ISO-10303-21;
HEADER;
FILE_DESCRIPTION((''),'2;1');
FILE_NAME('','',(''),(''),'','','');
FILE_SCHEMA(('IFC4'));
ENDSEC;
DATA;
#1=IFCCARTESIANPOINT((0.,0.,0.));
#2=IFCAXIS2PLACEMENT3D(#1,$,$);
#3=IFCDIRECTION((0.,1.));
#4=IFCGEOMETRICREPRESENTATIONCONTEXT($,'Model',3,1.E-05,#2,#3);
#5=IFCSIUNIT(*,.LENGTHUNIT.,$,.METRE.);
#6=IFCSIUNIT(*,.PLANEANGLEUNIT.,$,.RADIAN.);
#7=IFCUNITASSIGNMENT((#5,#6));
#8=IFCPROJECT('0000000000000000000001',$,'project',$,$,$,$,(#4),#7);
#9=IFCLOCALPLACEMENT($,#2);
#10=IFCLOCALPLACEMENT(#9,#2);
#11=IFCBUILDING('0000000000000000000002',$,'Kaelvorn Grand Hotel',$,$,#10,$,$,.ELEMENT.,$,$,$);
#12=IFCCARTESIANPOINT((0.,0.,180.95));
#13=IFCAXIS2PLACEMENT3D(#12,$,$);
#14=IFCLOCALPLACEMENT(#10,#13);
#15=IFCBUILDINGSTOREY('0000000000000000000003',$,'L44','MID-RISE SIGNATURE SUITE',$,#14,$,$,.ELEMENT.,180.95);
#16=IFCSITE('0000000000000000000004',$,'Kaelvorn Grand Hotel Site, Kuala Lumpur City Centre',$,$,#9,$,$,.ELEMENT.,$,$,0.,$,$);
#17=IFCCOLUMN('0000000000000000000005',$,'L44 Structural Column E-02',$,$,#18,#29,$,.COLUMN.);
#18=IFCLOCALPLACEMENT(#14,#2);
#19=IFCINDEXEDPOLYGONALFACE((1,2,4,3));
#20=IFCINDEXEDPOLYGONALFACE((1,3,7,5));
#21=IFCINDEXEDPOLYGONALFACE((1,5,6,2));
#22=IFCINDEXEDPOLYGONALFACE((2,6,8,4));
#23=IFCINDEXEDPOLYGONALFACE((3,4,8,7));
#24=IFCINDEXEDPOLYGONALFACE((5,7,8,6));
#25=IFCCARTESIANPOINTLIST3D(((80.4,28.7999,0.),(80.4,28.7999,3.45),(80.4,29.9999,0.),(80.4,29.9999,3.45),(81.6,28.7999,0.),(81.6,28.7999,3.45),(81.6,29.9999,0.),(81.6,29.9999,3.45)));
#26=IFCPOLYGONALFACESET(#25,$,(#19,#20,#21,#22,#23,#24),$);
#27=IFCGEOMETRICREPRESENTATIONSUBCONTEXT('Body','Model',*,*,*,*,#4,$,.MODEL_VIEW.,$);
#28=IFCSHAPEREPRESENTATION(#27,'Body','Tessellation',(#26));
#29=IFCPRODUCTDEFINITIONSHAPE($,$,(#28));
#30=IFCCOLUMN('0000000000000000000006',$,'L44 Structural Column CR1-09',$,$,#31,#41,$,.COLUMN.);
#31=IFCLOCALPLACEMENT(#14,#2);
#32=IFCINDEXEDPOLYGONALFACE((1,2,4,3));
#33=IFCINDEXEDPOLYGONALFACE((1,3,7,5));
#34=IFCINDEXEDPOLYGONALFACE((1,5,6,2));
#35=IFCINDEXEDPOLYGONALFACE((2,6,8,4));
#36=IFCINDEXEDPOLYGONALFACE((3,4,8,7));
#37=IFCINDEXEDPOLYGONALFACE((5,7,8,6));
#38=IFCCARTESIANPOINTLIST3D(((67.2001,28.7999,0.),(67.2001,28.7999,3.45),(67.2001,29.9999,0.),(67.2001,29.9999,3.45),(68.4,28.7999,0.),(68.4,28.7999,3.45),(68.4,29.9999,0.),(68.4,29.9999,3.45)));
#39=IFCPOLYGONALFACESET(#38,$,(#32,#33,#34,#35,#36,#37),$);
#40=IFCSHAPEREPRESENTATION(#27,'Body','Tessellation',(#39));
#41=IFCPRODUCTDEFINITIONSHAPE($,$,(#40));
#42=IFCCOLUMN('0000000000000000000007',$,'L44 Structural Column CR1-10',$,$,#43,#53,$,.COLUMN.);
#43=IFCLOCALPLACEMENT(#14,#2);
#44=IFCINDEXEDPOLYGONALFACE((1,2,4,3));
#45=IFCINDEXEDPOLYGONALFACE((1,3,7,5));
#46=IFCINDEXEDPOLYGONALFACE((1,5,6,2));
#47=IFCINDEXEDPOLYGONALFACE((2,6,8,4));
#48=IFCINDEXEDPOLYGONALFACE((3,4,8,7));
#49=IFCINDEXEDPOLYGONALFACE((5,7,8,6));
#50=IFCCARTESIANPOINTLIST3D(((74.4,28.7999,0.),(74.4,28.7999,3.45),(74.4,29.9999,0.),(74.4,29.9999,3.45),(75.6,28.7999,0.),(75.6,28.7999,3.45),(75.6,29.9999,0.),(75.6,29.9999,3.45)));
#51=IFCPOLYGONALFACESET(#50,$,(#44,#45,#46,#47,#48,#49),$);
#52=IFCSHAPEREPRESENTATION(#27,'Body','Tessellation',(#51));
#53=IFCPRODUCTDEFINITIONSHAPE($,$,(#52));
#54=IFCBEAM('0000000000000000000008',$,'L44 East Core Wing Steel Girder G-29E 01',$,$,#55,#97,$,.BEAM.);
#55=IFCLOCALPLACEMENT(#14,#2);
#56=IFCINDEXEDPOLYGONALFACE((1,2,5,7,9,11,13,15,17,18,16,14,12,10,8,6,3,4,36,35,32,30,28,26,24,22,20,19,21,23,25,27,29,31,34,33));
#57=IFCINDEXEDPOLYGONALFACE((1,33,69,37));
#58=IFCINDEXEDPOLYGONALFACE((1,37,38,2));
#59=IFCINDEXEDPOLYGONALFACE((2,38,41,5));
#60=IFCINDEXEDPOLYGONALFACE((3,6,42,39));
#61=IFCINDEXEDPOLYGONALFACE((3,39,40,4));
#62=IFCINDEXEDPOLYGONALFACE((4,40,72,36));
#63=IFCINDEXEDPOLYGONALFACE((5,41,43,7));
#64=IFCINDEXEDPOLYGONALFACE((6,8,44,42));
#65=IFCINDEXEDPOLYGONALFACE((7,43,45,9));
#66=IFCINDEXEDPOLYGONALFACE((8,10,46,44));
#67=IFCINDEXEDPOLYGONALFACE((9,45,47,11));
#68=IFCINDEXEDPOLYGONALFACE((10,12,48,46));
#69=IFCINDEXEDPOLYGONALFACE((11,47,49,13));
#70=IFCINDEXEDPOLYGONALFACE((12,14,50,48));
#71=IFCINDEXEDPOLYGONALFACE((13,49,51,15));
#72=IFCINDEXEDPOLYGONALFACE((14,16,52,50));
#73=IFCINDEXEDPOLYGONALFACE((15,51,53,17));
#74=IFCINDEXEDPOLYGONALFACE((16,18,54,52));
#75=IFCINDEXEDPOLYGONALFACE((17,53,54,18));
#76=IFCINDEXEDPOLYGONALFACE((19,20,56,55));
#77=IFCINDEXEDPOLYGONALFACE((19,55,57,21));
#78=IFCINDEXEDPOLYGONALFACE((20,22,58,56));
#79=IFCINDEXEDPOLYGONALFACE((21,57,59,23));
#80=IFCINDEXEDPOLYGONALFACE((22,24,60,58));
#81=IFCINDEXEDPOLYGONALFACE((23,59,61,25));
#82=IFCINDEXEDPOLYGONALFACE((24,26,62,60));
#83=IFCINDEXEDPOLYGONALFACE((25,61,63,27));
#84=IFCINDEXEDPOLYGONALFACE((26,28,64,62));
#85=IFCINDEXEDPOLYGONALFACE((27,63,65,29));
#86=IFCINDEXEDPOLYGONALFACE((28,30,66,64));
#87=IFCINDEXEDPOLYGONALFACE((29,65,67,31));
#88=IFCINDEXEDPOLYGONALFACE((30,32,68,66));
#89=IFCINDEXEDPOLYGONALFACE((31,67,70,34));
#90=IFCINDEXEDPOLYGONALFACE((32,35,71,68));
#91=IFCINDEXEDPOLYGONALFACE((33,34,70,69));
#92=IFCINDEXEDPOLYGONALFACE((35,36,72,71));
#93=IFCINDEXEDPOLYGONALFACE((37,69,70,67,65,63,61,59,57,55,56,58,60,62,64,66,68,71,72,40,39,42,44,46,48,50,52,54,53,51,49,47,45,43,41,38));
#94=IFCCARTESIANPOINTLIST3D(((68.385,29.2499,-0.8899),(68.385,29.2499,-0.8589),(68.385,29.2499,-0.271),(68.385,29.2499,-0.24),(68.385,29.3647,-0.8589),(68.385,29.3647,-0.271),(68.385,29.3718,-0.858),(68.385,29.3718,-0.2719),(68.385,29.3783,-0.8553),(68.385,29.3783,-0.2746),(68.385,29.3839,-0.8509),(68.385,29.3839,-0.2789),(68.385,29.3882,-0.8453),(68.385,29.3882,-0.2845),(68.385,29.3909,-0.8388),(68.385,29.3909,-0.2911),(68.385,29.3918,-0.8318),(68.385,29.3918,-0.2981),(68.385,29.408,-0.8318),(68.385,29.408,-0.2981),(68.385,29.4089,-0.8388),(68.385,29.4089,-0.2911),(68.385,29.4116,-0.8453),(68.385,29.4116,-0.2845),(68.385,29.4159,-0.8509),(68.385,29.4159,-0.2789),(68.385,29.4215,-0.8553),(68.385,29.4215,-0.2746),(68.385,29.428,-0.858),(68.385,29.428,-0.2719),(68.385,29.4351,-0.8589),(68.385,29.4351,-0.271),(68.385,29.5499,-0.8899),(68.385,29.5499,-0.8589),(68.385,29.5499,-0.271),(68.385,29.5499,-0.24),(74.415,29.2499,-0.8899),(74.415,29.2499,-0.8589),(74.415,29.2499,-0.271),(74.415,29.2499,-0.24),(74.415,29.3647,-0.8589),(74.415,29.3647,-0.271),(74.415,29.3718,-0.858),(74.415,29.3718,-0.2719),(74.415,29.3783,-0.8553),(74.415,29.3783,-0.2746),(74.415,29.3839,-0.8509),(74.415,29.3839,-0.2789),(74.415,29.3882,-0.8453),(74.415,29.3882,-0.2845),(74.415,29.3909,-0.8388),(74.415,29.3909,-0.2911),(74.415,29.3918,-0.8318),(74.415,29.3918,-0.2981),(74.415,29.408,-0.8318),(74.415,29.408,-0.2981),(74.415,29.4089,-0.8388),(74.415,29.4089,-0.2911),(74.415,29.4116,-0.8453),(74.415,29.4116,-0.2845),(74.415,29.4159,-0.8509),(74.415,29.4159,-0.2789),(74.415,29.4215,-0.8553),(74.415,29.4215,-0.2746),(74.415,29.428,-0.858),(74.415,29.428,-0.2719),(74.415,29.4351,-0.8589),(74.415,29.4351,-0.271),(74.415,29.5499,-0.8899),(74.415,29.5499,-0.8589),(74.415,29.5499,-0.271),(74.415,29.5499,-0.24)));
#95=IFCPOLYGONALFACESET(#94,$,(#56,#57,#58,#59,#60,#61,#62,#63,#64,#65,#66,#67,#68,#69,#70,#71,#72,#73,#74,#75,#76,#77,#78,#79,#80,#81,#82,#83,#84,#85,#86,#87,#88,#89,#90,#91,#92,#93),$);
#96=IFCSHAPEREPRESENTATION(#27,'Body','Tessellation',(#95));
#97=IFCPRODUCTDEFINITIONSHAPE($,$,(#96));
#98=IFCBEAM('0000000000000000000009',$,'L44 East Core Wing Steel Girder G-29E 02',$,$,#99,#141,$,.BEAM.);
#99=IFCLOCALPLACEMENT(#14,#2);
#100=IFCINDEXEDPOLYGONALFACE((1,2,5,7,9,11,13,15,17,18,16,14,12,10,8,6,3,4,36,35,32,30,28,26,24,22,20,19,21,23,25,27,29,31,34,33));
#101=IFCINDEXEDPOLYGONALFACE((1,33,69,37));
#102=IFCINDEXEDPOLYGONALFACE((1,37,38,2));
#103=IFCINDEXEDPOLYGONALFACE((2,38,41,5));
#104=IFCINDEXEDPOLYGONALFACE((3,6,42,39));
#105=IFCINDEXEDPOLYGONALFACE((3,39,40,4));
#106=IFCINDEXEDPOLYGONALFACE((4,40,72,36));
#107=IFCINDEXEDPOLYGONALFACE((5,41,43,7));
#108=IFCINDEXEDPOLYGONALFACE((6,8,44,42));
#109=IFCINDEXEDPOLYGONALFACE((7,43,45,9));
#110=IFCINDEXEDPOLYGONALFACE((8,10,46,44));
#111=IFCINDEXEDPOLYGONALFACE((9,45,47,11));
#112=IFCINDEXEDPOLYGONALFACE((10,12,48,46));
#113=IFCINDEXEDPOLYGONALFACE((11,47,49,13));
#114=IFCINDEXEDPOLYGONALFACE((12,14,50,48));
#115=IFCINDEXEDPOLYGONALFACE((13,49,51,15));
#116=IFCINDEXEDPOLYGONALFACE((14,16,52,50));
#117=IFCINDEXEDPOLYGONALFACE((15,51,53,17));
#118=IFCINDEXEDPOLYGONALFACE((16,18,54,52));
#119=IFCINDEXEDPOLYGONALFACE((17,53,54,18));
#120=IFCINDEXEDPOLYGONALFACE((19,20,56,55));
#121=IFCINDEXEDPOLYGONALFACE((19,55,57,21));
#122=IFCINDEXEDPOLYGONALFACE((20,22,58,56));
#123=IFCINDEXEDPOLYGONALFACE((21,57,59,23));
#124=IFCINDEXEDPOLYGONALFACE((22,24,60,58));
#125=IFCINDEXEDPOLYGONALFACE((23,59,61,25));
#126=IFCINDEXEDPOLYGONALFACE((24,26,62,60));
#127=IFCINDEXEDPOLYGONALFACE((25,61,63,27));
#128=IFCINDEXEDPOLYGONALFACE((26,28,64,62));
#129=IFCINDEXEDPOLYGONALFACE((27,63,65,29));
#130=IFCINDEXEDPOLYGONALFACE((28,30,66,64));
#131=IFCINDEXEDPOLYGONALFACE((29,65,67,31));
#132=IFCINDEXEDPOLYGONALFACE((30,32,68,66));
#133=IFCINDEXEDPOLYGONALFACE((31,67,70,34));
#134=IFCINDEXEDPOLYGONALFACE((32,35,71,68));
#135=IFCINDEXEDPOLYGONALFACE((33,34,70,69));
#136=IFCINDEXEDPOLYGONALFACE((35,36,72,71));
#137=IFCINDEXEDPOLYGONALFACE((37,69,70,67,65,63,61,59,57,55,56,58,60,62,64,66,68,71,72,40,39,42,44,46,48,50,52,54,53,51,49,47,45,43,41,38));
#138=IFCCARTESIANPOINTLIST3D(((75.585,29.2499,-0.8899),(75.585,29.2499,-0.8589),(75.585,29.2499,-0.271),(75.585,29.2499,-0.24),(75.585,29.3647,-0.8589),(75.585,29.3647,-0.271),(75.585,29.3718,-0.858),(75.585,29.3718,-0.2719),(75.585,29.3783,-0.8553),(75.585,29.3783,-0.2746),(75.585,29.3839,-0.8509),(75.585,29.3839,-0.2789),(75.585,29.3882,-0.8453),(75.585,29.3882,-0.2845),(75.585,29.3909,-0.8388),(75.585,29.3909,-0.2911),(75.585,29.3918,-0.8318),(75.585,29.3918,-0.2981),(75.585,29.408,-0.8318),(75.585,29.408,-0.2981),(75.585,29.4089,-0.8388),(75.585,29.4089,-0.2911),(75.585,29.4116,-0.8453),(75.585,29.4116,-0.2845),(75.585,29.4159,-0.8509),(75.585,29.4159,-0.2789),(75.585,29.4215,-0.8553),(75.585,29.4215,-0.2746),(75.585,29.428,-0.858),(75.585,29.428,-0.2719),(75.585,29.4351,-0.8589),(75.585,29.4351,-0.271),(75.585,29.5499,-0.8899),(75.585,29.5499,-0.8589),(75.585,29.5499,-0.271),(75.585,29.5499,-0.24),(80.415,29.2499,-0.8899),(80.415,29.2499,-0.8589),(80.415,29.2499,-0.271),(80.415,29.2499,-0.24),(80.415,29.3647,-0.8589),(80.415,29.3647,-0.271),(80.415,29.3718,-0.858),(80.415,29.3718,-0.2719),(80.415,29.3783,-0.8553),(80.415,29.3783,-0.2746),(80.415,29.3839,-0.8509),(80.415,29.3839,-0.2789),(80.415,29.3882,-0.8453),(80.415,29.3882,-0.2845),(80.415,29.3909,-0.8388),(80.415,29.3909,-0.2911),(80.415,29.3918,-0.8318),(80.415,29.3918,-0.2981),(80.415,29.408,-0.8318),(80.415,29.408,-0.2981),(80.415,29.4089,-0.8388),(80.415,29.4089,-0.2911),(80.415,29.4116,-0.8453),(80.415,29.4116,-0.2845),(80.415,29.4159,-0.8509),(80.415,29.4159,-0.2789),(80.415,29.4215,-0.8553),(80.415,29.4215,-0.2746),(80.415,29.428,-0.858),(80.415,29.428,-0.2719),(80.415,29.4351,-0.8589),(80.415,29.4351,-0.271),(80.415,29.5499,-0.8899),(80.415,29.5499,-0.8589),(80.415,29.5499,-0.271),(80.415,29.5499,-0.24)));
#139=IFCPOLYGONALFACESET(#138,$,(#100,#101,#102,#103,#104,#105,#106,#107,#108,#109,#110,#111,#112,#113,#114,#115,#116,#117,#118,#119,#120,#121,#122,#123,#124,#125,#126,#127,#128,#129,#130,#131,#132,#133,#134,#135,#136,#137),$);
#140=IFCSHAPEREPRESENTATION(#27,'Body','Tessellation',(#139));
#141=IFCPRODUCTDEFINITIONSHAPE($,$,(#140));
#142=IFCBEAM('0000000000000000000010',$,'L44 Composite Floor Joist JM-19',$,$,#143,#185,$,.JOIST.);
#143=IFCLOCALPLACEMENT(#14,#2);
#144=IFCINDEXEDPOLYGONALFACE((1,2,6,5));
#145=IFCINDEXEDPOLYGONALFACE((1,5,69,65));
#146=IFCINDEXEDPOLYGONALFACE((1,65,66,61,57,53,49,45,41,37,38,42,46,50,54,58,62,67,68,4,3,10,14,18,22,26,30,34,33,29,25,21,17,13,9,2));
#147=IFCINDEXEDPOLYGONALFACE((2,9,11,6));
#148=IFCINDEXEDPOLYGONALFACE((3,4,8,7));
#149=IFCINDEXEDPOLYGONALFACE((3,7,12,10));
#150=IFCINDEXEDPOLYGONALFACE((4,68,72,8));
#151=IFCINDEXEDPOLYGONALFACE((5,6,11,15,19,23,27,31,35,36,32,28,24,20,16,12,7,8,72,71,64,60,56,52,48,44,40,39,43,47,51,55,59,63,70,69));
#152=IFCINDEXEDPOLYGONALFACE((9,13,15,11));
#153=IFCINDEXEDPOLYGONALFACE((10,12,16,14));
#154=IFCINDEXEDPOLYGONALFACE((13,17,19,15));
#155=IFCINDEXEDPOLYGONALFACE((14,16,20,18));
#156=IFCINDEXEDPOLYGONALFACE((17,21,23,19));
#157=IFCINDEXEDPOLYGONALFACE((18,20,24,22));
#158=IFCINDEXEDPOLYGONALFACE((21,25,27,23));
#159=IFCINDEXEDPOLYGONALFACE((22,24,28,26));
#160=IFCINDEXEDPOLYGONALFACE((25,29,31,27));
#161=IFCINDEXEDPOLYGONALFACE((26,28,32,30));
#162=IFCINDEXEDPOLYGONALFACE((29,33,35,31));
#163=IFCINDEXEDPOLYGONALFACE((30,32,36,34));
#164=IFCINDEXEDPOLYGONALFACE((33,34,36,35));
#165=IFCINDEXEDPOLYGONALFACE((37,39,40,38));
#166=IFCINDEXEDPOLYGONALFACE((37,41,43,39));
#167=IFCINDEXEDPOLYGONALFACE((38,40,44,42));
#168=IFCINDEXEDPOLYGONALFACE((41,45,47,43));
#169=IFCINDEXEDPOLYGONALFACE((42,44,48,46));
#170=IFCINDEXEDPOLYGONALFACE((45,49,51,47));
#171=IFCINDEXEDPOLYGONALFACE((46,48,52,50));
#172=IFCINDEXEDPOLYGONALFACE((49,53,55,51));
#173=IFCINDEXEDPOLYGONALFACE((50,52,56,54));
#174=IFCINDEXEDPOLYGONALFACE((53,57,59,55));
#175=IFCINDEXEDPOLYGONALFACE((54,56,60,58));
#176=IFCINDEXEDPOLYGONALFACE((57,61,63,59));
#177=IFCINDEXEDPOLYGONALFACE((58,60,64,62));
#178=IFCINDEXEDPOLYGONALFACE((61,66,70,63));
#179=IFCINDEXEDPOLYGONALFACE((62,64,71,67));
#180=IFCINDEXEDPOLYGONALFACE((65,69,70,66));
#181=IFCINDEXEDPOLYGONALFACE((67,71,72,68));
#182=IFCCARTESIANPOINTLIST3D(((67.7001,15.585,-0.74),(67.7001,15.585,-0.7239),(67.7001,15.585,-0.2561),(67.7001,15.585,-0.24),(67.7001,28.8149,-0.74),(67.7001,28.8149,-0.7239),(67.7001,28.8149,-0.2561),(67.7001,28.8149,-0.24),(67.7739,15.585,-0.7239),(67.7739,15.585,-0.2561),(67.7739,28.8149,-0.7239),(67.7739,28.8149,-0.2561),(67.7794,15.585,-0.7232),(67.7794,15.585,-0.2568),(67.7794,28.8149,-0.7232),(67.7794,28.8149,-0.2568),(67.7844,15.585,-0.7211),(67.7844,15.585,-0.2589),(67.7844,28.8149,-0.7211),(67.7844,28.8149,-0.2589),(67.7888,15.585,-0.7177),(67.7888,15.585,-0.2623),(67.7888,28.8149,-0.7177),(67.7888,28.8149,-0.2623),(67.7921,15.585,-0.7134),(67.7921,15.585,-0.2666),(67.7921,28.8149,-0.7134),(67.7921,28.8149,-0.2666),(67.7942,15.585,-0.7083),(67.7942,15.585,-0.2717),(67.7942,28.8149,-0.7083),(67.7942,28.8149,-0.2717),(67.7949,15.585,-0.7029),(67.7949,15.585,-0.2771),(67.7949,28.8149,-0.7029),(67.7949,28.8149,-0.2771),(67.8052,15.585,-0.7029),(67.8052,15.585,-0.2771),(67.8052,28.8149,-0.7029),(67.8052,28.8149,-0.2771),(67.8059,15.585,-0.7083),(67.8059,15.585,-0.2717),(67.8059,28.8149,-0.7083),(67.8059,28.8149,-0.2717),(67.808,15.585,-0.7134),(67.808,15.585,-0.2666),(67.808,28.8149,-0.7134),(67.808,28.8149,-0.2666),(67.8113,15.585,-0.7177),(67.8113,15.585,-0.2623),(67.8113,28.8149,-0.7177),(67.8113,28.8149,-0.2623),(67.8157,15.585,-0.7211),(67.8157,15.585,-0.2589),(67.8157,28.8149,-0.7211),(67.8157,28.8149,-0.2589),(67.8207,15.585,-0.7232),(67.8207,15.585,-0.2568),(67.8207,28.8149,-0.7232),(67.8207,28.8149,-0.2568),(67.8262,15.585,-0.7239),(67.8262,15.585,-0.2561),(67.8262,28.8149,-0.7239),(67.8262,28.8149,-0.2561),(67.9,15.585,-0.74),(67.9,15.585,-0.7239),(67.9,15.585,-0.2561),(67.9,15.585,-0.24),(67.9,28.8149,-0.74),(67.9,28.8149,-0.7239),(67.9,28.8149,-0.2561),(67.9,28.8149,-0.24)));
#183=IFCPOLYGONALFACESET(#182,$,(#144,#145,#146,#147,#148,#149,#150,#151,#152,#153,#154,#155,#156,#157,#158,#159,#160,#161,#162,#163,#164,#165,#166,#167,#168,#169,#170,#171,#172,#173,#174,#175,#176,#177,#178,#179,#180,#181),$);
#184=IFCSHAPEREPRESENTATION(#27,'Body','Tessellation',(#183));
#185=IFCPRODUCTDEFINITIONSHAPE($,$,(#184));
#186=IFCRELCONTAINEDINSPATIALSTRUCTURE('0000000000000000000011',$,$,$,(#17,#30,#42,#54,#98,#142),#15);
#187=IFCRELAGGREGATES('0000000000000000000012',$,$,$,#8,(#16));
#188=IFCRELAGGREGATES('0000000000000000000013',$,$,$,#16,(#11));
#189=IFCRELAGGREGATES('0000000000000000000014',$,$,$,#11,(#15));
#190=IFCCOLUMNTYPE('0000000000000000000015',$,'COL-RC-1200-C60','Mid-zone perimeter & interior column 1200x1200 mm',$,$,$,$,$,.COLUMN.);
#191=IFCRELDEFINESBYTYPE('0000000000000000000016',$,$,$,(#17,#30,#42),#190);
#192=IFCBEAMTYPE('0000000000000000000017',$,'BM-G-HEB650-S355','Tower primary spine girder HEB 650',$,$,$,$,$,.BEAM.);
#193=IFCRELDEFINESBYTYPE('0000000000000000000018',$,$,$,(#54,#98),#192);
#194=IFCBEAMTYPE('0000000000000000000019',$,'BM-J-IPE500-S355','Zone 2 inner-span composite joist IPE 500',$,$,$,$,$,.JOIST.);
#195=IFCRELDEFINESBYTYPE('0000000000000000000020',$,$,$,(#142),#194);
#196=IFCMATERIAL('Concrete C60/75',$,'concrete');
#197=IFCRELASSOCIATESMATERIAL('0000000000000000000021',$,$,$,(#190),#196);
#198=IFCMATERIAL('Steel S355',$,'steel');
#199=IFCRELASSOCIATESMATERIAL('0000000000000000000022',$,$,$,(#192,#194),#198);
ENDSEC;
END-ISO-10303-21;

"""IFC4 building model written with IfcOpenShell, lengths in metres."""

from ifc_helpers import new_model, si_unit, direction, frame, origin, origin_2d, place, context, subcontext, project, spatial, rectangle, i_section, extrude, material, material_profile, profile_set, type_object, element, save


model = new_model("IFC4")

# Units and contexts
model_context = context("Model", 3, precision=1e-05, world=origin(), true_north=direction((0.0, 1.0)))
body_context = subcontext(model_context, "Body", "Model", "MODEL_VIEW")
ifc_project = project(units=[si_unit("LENGTHUNIT", "METRE"), si_unit("PLANEANGLEUNIT", "RADIAN")], contexts=[model_context])

# Site, building, storey
site_placement = place(None, origin())
site = spatial("IfcSite", under=ifc_project, at=site_placement, Name="Kaelvorn Grand Hotel Site, Kuala Lumpur City Centre", CompositionType="ELEMENT", RefElevation=0.0)
building_placement = place(site_placement, origin())
building = spatial("IfcBuilding", under=site, at=building_placement, Name="Kaelvorn Grand Hotel", CompositionType="ELEMENT")
storey_placement = place(building_placement, frame((0.0, 0.0, 180.95)))
storey = spatial("IfcBuildingStorey", under=building, at=storey_placement, Name="L44", Description="MID-RISE SIGNATURE SUITE", CompositionType="ELEMENT", Elevation=180.95)

# Columns
ifc_material_1 = material(Name="Concrete C60/75", Category="concrete")
ifc_material_profile_1 = material_profile(ifc_material_1, rectangle(XDim=1.2, YDim=1.2, at=origin_2d()), Name="RC COL 1200x1200")
ifc_profile_set_1 = profile_set([ifc_material_profile_1], Name="Concrete C60/75")
column_type = type_object("IfcColumnType", Name="COL-RC-1200-C60", Description="Mid-zone perimeter & interior column 1200x1200 mm", PredefinedType="COLUMN", material=ifc_profile_set_1)
for number, where, z_axis, x_axis, name in (
    (1, (81.0, 29.3999, 0.0), (0.0, 0.0, 1.0), (1.0, 0.0, 0.0), "L44 Structural Column E-02"),
    (2, (67.8, 29.3999, 0.0), (0.0, 0.0, 1.0), (1.0, 0.0, 0.0), "L44 Structural Column CR1-09"),
    (3, (75.0, 29.3999, 0.0), (0.0, 0.0, 1.0), (1.0, 0.0, 0.0), "L44 Structural Column CR1-10"),
):
    element("IfcColumn", number, at=place(storey_placement, frame(where, z_axis=z_axis, x_axis=x_axis)), inside=storey, type_object=column_type, Name=name, PredefinedType="COLUMN", context=body_context, shape_type="SweptSolid", body=[
        extrude(rectangle(XDim=1.2, YDim=1.2, at=origin_2d()), origin(), (0.0, 0.0, 1.0), 3.45),
    ])

# Beams
ifc_material_2 = material(Name="Steel S355", Category="steel")
ifc_material_profile_2 = material_profile(ifc_material_2, i_section(OverallWidth=0.3, OverallDepth=0.6499, WebThickness=0.0161, FlangeThickness=0.031, FilletRadius=0.0271, at=origin_2d()), Name="HEB 650")
ifc_profile_set_2 = profile_set([ifc_material_profile_2], Name="Steel S355")
beam_type_1 = type_object("IfcBeamType", Name="BM-G-HEB650-S355", Description="Tower primary spine girder HEB 650", PredefinedType="BEAM", material=ifc_profile_set_2)
beam_1_placement = place(storey_placement, frame((68.385, 29.3999, -0.5649), z_axis=(1.0, 0.0, 0.0), x_axis=(0.0, 1.0, 0.0)))
element("IfcBeam", 4, at=beam_1_placement, inside=storey, type_object=beam_type_1, Name="L44 East Core Wing Steel Girder G-29E 01", PredefinedType="BEAM", context=body_context, shape_type="SweptSolid", body=[
    extrude(i_section(OverallWidth=0.3, OverallDepth=0.6499, WebThickness=0.0161, FlangeThickness=0.031, FilletRadius=0.0271, at=origin_2d()), origin(), (0.0, 0.0, 1.0), 6.03),
])
beam_2_placement = place(storey_placement, frame((75.585, 29.3999, -0.5649), z_axis=(1.0, 0.0, 0.0), x_axis=(0.0, 1.0, 0.0)))
element("IfcBeam", 5, at=beam_2_placement, inside=storey, type_object=beam_type_1, Name="L44 East Core Wing Steel Girder G-29E 02", PredefinedType="BEAM", context=body_context, shape_type="SweptSolid", body=[
    extrude(i_section(OverallWidth=0.3, OverallDepth=0.6499, WebThickness=0.0161, FlangeThickness=0.031, FilletRadius=0.0271, at=origin_2d()), origin(), (0.0, 0.0, 1.0), 4.8301),
])
ifc_material_profile_3 = material_profile(ifc_material_2, i_section(OverallWidth=0.2, OverallDepth=0.5, WebThickness=0.0103, FlangeThickness=0.0161, FilletRadius=0.021, at=origin_2d()), Name="IPE 500")
ifc_profile_set_3 = profile_set([ifc_material_profile_3], Name="Steel S355")
beam_type_2 = type_object("IfcBeamType", Name="BM-J-IPE500-S355", Description="Zone 2 inner-span composite joist IPE 500", PredefinedType="JOIST", material=ifc_profile_set_3)
beam_3_placement = place(storey_placement, frame((67.8, 15.585, -0.49), z_axis=(0.0, 1.0, 0.0), x_axis=(-1.0, 0.0, 0.0)))
element("IfcBeam", 6, at=beam_3_placement, inside=storey, type_object=beam_type_2, Name="L44 Composite Floor Joist JM-19", PredefinedType="JOIST", context=body_context, shape_type="SweptSolid", body=[
    extrude(i_section(OverallWidth=0.2, OverallDepth=0.5, WebThickness=0.0103, FlangeThickness=0.0161, FilletRadius=0.021, at=origin_2d()), origin(), (0.0, 0.0, 1.0), 13.23),
])

save(model, "model.ifc")
